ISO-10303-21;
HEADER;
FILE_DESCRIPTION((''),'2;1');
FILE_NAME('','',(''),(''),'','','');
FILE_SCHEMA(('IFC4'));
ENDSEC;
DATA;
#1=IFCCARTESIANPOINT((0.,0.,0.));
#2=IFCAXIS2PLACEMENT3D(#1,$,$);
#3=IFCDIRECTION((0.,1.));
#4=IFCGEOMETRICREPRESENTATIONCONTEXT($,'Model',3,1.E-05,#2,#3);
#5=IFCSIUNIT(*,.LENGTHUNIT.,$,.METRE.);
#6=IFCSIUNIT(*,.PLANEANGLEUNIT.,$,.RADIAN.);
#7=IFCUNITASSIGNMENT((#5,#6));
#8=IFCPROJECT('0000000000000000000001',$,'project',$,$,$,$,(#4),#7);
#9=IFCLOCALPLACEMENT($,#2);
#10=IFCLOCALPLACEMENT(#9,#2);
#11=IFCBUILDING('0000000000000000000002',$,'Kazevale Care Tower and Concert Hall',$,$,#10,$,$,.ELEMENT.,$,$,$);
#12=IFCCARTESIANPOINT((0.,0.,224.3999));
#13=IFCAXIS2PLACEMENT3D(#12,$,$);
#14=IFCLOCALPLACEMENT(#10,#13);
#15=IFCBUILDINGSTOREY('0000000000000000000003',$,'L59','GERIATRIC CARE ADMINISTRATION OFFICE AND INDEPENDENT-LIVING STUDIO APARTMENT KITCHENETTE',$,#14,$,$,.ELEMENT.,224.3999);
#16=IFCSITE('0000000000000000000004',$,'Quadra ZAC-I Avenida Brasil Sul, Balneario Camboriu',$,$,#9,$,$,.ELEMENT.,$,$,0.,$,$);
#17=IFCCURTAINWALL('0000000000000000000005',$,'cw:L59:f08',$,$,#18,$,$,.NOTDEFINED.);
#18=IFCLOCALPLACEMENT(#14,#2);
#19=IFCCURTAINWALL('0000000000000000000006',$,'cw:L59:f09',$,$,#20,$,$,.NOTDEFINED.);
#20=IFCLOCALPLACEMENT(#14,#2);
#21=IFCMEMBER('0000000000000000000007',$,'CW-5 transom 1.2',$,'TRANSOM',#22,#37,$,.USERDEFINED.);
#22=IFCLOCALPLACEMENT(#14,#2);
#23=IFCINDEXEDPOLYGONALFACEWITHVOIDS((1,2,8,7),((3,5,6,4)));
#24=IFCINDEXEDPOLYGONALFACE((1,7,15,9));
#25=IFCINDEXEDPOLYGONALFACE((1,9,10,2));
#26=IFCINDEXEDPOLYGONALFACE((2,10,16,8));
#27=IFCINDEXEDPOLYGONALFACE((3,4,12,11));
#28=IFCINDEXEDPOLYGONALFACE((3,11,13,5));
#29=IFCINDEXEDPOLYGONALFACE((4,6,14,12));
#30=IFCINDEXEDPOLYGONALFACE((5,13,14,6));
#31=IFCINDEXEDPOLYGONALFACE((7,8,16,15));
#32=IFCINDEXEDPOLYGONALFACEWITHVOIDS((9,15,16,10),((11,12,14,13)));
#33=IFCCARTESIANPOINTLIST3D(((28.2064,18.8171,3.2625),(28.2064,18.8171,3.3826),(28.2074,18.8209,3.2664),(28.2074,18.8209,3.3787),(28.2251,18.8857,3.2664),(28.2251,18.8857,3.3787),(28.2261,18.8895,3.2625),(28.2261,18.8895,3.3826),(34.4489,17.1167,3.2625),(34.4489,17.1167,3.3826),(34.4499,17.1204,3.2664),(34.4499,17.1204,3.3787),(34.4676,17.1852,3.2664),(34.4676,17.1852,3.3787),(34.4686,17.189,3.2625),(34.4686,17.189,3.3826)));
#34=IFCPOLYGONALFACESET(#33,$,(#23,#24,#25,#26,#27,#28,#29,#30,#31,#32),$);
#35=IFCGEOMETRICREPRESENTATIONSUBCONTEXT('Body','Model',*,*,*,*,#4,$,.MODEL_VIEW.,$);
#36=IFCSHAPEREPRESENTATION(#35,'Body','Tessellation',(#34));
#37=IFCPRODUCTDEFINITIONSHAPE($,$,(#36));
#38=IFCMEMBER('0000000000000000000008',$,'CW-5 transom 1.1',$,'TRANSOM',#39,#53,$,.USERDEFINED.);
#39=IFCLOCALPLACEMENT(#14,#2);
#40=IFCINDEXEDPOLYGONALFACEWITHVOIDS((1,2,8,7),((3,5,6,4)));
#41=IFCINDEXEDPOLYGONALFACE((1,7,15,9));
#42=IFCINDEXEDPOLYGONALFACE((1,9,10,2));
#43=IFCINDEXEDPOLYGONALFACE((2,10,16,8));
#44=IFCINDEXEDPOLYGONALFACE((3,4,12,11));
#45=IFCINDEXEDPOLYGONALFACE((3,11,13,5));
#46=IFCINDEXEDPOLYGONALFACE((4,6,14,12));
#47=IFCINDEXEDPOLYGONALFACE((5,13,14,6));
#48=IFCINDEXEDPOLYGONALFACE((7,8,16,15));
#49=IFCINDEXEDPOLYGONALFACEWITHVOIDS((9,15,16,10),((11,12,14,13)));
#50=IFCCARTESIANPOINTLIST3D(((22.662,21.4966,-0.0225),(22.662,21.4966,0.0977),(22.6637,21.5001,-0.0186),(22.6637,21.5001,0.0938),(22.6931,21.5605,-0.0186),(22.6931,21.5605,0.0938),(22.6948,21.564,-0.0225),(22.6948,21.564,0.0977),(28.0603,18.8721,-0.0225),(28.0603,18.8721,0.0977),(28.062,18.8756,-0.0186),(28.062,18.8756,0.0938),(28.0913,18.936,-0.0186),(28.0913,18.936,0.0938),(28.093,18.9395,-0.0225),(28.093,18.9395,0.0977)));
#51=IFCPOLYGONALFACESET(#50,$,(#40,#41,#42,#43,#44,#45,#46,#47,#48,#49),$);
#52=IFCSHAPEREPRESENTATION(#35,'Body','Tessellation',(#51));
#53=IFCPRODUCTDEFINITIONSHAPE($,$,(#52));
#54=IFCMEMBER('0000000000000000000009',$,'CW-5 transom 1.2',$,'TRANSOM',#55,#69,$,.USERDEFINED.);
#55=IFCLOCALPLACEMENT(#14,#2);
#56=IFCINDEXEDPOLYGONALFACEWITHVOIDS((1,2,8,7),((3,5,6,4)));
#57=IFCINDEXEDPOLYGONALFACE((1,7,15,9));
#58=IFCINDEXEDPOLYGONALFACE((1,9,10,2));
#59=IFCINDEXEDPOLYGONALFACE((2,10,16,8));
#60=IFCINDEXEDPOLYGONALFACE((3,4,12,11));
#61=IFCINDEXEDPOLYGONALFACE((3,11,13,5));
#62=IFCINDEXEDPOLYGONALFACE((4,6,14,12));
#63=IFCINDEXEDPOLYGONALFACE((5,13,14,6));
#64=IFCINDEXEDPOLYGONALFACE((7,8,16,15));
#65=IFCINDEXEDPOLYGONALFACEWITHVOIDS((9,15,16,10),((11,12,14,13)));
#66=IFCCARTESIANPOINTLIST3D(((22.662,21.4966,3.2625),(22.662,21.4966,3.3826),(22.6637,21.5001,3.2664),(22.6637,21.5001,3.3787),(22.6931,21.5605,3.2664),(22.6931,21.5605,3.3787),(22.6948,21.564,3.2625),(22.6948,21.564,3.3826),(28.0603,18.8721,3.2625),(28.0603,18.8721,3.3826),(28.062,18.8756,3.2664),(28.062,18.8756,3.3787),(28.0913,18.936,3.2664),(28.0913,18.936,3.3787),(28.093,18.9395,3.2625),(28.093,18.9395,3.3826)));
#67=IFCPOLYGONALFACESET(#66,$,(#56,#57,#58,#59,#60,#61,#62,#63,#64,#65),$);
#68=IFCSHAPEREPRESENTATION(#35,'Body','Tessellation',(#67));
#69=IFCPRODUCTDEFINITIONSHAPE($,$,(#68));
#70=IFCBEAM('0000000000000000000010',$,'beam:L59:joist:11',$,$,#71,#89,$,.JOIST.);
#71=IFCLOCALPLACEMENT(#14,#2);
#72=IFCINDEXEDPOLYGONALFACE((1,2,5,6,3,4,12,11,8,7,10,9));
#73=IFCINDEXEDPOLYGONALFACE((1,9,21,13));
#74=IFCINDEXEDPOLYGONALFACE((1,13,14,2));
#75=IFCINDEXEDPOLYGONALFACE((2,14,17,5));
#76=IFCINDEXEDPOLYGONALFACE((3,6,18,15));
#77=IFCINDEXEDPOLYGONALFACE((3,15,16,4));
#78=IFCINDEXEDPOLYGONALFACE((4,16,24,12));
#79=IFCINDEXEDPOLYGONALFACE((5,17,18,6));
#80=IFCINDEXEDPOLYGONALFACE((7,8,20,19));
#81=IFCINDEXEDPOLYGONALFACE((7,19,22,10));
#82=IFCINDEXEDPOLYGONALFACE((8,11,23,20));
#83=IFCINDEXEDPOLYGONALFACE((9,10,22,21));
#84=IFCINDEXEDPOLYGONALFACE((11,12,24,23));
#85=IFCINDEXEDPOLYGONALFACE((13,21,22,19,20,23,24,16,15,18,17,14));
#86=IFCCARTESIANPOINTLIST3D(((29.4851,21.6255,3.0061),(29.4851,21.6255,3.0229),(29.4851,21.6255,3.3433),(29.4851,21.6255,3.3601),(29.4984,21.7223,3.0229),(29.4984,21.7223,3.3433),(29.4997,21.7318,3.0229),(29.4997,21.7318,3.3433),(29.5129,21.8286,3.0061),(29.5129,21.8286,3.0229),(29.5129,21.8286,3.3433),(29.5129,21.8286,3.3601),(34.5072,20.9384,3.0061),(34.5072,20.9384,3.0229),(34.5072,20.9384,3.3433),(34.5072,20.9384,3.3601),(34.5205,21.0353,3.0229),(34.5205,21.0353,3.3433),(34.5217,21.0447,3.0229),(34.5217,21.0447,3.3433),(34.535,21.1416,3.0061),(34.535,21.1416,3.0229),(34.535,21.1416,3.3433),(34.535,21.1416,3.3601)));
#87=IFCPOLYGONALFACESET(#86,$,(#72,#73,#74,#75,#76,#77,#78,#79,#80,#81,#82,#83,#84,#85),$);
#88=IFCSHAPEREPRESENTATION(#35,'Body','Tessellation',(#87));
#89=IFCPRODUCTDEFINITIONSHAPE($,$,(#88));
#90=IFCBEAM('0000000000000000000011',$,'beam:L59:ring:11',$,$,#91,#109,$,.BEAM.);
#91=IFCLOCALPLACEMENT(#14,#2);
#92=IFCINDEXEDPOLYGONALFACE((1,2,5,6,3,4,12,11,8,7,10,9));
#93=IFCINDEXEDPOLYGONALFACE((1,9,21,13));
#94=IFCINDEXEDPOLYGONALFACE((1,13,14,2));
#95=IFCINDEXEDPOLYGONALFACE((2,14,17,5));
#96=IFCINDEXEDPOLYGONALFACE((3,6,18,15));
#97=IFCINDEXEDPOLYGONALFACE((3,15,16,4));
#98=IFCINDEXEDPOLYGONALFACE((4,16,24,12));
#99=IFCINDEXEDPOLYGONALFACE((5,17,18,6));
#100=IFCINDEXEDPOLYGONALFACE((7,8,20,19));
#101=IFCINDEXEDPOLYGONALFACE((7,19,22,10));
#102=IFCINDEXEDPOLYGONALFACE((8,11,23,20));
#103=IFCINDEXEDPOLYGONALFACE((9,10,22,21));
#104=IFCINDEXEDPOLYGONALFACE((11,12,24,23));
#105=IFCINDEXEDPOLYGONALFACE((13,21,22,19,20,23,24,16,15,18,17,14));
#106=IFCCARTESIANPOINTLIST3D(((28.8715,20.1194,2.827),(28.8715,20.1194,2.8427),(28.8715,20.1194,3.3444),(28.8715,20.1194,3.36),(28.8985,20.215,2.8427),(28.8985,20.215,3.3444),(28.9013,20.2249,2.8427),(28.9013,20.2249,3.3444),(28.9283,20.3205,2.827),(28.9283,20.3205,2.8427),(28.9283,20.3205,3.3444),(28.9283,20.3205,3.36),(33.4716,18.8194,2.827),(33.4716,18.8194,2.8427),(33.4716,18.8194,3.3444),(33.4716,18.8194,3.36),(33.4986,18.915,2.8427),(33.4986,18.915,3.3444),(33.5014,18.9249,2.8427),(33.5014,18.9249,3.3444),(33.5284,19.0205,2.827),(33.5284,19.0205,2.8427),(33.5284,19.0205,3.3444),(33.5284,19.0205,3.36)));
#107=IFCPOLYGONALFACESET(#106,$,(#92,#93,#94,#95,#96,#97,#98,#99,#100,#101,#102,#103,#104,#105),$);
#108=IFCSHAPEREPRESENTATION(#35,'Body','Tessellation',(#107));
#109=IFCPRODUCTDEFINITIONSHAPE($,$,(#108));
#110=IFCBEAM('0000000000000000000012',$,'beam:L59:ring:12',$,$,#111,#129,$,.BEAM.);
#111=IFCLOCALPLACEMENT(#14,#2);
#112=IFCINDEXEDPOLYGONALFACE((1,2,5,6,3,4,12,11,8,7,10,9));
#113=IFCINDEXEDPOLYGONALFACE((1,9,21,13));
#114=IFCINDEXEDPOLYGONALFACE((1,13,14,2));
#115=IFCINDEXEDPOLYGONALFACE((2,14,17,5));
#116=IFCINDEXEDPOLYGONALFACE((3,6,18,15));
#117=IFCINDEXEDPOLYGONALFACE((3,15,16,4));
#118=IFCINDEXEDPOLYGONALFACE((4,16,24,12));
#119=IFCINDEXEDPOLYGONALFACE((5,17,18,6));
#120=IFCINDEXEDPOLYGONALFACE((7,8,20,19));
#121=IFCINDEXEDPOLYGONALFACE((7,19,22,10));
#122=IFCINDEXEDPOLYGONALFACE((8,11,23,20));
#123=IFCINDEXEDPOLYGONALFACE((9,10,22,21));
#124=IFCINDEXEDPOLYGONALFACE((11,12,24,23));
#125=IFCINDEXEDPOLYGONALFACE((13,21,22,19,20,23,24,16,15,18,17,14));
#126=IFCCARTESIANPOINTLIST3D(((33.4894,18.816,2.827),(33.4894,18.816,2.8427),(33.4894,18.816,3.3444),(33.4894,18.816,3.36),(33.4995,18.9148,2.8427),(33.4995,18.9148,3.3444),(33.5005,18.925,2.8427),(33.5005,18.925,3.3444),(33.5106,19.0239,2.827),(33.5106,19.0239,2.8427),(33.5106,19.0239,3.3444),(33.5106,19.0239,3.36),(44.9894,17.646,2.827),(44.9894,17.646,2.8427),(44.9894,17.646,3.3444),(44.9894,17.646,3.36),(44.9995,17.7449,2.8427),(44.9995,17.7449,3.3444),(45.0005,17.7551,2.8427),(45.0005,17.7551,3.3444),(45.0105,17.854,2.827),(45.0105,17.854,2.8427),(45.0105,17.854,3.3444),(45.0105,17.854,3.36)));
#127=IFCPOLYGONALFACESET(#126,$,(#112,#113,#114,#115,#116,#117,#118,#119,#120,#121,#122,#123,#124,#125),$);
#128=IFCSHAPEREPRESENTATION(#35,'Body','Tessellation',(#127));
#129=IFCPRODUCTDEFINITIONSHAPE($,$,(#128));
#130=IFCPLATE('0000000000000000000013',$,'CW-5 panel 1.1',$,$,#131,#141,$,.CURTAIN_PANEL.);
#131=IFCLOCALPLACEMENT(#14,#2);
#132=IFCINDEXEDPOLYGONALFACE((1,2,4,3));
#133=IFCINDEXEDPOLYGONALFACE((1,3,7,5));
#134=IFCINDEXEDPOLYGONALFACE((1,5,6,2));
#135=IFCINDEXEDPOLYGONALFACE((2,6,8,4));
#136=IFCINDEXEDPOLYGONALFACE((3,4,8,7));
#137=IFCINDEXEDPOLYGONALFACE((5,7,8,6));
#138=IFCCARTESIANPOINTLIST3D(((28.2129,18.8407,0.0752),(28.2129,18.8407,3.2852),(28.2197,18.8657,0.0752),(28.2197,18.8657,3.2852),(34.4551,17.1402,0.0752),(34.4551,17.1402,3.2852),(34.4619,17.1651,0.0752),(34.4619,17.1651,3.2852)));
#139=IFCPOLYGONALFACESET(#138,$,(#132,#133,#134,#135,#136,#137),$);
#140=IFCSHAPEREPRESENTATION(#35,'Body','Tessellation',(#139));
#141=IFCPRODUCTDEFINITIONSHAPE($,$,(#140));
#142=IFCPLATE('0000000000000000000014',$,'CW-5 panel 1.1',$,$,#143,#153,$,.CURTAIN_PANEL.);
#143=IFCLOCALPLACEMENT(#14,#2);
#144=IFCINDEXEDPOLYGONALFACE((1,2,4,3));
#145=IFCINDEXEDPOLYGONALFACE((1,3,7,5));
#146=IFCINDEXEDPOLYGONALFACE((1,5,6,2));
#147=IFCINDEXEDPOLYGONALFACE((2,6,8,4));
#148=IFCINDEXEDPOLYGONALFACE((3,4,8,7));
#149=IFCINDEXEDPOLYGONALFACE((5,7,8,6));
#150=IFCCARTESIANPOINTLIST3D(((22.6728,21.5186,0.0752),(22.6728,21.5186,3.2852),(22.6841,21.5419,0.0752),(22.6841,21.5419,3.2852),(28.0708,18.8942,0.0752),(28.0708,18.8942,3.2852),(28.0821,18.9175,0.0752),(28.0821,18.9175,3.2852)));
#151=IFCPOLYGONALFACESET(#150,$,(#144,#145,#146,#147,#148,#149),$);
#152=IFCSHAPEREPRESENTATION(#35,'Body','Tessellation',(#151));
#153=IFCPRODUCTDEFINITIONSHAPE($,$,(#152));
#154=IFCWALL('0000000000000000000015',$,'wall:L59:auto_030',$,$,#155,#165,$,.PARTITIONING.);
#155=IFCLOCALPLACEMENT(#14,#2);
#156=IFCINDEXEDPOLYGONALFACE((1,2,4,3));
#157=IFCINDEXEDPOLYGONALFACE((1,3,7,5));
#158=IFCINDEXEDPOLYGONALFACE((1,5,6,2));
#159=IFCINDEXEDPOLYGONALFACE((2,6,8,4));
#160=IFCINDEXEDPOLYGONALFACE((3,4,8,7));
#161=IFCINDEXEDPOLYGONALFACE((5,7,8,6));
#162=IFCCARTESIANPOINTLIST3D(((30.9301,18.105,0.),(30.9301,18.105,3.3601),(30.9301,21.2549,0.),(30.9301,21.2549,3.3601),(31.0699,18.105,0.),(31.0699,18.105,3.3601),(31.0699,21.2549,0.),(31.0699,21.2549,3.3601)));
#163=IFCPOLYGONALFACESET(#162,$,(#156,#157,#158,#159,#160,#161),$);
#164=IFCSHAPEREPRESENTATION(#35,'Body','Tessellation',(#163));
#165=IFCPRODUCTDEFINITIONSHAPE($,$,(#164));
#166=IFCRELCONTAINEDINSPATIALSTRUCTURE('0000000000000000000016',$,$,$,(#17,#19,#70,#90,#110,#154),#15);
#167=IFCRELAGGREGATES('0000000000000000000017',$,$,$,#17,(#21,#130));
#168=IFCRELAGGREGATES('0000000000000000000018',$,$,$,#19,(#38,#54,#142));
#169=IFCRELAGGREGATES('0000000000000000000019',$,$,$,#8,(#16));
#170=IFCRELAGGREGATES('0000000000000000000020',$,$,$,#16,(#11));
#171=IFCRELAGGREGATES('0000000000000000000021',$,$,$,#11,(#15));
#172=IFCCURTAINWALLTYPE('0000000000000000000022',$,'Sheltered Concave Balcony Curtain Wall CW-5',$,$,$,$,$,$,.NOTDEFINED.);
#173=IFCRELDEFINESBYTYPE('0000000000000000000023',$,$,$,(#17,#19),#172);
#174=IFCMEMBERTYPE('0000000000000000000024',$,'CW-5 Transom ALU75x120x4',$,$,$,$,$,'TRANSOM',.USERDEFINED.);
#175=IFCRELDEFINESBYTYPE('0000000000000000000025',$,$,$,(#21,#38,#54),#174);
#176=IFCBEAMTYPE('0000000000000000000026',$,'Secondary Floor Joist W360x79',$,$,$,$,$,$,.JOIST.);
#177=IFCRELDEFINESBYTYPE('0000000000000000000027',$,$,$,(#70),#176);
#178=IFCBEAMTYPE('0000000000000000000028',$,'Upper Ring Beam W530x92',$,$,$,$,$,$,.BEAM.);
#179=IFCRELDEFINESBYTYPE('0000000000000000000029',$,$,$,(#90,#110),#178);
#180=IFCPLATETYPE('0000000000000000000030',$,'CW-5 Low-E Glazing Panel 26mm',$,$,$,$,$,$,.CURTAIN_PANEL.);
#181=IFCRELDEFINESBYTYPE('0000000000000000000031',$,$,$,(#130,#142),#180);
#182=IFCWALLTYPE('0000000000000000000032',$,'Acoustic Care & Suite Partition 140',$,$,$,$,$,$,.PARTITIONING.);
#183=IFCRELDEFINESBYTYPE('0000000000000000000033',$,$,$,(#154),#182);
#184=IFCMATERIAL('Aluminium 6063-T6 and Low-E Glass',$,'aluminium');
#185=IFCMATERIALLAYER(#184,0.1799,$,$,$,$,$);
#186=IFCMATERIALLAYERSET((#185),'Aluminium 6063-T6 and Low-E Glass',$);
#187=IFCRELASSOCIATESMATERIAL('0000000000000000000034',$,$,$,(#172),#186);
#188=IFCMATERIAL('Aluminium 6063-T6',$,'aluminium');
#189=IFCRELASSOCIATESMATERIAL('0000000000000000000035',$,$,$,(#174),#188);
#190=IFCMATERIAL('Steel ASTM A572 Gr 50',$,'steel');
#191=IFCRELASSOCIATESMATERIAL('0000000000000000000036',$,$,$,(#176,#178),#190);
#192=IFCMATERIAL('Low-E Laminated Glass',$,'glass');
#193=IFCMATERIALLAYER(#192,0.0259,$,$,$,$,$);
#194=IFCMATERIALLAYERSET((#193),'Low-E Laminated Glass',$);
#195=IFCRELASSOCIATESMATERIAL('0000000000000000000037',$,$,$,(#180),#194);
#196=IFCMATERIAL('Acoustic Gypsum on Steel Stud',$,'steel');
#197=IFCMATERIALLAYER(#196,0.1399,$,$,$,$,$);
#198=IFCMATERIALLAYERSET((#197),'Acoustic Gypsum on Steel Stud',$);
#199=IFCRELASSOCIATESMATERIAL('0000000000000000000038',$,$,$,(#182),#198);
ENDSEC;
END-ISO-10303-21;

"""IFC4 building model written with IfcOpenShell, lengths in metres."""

from ifc_helpers import new_model, si_unit, direction, frame, frame_2d, origin, origin_2d, place, context, subcontext, project, spatial, rectangle, hollow_rectangle, i_section, extrude, material, layer, layer_set, material_profile, profile_set, type_object, element, aggregate, save


model = new_model("IFC4")

# Units and contexts
model_context = context("Model", 3, precision=1e-05, world=origin(), true_north=direction((0.0, 1.0)))
body_context = subcontext(model_context, "Body", "Model", "MODEL_VIEW")
ifc_project = project(units=[si_unit("LENGTHUNIT", "METRE"), si_unit("PLANEANGLEUNIT", "RADIAN")], contexts=[model_context])

# Site, building, storey
site_placement = place(None, origin())
site = spatial("IfcSite", under=ifc_project, at=site_placement, Name="Quadra ZAC-I Avenida Brasil Sul, Balneario Camboriu", CompositionType="ELEMENT", RefElevation=0.0)
building_placement = place(site_placement, origin())
building = spatial("IfcBuilding", under=site, at=building_placement, Name="Kazevale Care Tower and Concert Hall", CompositionType="ELEMENT")
storey_placement = place(building_placement, frame((0.0, 0.0, 224.3999)))
storey = spatial("IfcBuildingStorey", under=building, at=storey_placement, Name="L59", Description="GERIATRIC CARE ADMINISTRATION OFFICE AND INDEPENDENT-LIVING STUDIO APARTMENT KITCHENETTE", CompositionType="ELEMENT", Elevation=224.3999)

# Curtain wall
ifc_material_1 = material(Name="Aluminium 6063-T6 and Low-E Glass", Category="aluminium")
ifc_layer_1 = layer(ifc_material_1, 0.1799)
ifc_layer_set_1 = layer_set([ifc_layer_1], Name="Aluminium 6063-T6 and Low-E Glass")
curtain_wall_type = type_object("IfcCurtainWallType", Name="Sheltered Concave Balcony Curtain Wall CW-5", PredefinedType="NOTDEFINED", material=ifc_layer_set_1)
curtain_wall_1_placement = place(storey_placement, origin())
curtain_wall_1 = element("IfcCurtainWall", 1, at=curtain_wall_1_placement, inside=storey, type_object=curtain_wall_type, Name="cw:L59:f08", PredefinedType="NOTDEFINED")
ifc_material_2 = material(Name="Aluminium 6063-T6", Category="aluminium")

# Curtain wall
curtain_wall_2_placement = place(storey_placement, origin())
curtain_wall_2 = element("IfcCurtainWall", 2, at=curtain_wall_2_placement, inside=storey, type_object=curtain_wall_type, Name="cw:L59:f09", PredefinedType="NOTDEFINED")

# Members
ifc_material_profile_1 = material_profile(ifc_material_2, hollow_rectangle(XDim=0.075, YDim=0.1201, WallThickness=0.0039, at=origin_2d()), Name="ALU75x120x4")
ifc_profile_set_1 = profile_set([ifc_material_profile_1], Name="Aluminium 6063-T6")
member_type_1 = type_object("IfcMemberType", Name="CW-5 Transom ALU75x120x4", ElementType="TRANSOM", PredefinedType="USERDEFINED", material=ifc_profile_set_1)
member_1_placement = place(storey_placement, frame((34.4587, 17.1528, 3.3225), z_axis=(-0.964844, 0.262824, 0.0), x_axis=(-0.262824, -0.964844, 0.0)))
member_1 = element("IfcMember", 3, at=member_1_placement, type_object=member_type_1, Name="CW-5 transom 1.2", ObjectType="TRANSOM", PredefinedType="USERDEFINED", context=body_context, shape_type="SweptSolid", body=[
    extrude(hollow_rectangle(XDim=0.075, YDim=0.1201, WallThickness=0.0039, at=origin_2d()), origin(), (0.0, 0.0, 1.0), 6.47),
])
member_2_placement = place(storey_placement, frame((28.0767, 18.9058, 0.0376), z_axis=(-0.899342, 0.437245, 0.0), x_axis=(-0.437245, -0.899342, 0.0)))
member_2 = element("IfcMember", 4, at=member_2_placement, type_object=member_type_1, Name="CW-5 transom 1.1", ObjectType="TRANSOM", PredefinedType="USERDEFINED", context=body_context, shape_type="SweptSolid", body=[
    extrude(hollow_rectangle(XDim=0.075, YDim=0.1201, WallThickness=0.0039, at=origin_2d()), origin(), (0.0, 0.0, 1.0), 6.0024),
])
member_3_placement = place(storey_placement, frame((28.0767, 18.9058, 3.3225), z_axis=(-0.899342, 0.437245, 0.0), x_axis=(-0.437245, -0.899342, 0.0)))
member_3 = element("IfcMember", 5, at=member_3_placement, type_object=member_type_1, Name="CW-5 transom 1.2", ObjectType="TRANSOM", PredefinedType="USERDEFINED", context=body_context, shape_type="SweptSolid", body=[
    extrude(hollow_rectangle(XDim=0.075, YDim=0.1201, WallThickness=0.0039, at=origin_2d()), origin(), (0.0, 0.0, 1.0), 6.0024),
])

# Beams
ifc_material_3 = material(Name="Steel ASTM A572 Gr 50", Category="steel")
ifc_material_profile_2 = material_profile(ifc_material_3, i_section(OverallWidth=0.2051, OverallDepth=0.354, WebThickness=0.0095, FlangeThickness=0.0168, at=origin_2d()), Name="W360x79")
ifc_profile_set_2 = profile_set([ifc_material_profile_2], Name="Steel ASTM A572 Gr 50")
beam_type_1 = type_object("IfcBeamType", Name="Secondary Floor Joist W360x79", PredefinedType="JOIST", material=ifc_profile_set_2)
beam_1_placement = place(storey_placement, frame((29.499, 21.7271, 3.1831), z_axis=(0.990772, -0.135539, 0.0), x_axis=(0.135539, 0.990772, 0.0)))
element("IfcBeam", 6, at=beam_1_placement, inside=storey, type_object=beam_type_1, Name="beam:L59:joist:11", PredefinedType="JOIST", context=body_context, shape_type="SweptSolid", body=[
    extrude(i_section(OverallWidth=0.2051, OverallDepth=0.354, WebThickness=0.0095, FlangeThickness=0.0168, at=origin_2d()), origin(), (0.0, 0.0, 1.0), 5.0688),
])
ifc_material_profile_3 = material_profile(ifc_material_3, i_section(OverallWidth=0.209, OverallDepth=0.533, WebThickness=0.0103, FlangeThickness=0.0156, at=origin_2d()), Name="W530x92")
ifc_profile_set_3 = profile_set([ifc_material_profile_3], Name="Steel ASTM A572 Gr 50")
beam_type_2 = type_object("IfcBeamType", Name="Upper Ring Beam W530x92", PredefinedType="BEAM", material=ifc_profile_set_3)
beam_2_placement = place(storey_placement, frame((28.8999, 20.22, 3.0935), z_axis=(0.962308, -0.271961, 0.0), x_axis=(0.271961, 0.962308, 0.0)))
element("IfcBeam", 7, at=beam_2_placement, inside=storey, type_object=beam_type_2, Name="beam:L59:ring:11", PredefinedType="BEAM", context=body_context, shape_type="SweptSolid", body=[
    extrude(i_section(OverallWidth=0.209, OverallDepth=0.533, WebThickness=0.0103, FlangeThickness=0.0156, at=origin_2d()), origin(), (0.0, 0.0, 1.0), 4.7803),
])
beam_3_placement = place(storey_placement, frame((33.5, 18.9199, 3.0935), z_axis=(0.994865, -0.10121, 0.0), x_axis=(0.10121, 0.994865, 0.0)))
element("IfcBeam", 8, at=beam_3_placement, inside=storey, type_object=beam_type_2, Name="beam:L59:ring:12", PredefinedType="BEAM", context=body_context, shape_type="SweptSolid", body=[
    extrude(i_section(OverallWidth=0.209, OverallDepth=0.533, WebThickness=0.0103, FlangeThickness=0.0156, at=origin_2d()), origin(), (0.0, 0.0, 1.0), 11.5593),
])

# Plates
ifc_material_4 = material(Name="Low-E Laminated Glass", Category="glass")
ifc_layer_2 = layer(ifc_material_4, 0.0259)
ifc_layer_set_2 = layer_set([ifc_layer_2], Name="Low-E Laminated Glass")
plate_type = type_object("IfcPlateType", Name="CW-5 Low-E Glazing Panel 26mm", PredefinedType="CURTAIN_PANEL", material=ifc_layer_set_2)
plate_1_placement = place(storey_placement, frame((31.3374, 18.0029, 0.0752), z_axis=(0.0, 0.0, 1.0), x_axis=(-0.964837, 0.262849, 0.0)))
plate_1 = element("IfcPlate", 9, at=plate_1_placement, type_object=plate_type, Name="CW-5 panel 1.1", PredefinedType="CURTAIN_PANEL", context=body_context, shape_type="SweptSolid", body=[
    extrude(rectangle(XDim=6.4697, YDim=0.0259, at=origin_2d()), origin(), (0.0, 0.0, 1.0), 3.21),
])
aggregate(curtain_wall_1, [member_1, plate_1])
plate_2_placement = place(storey_placement, frame((25.3774, 20.218, 0.0752), z_axis=(0.0, 0.0, 1.0), x_axis=(-0.899346, 0.437238, 0.0)))
plate_2 = element("IfcPlate", 10, at=plate_2_placement, type_object=plate_type, Name="CW-5 panel 1.1", PredefinedType="CURTAIN_PANEL", context=body_context, shape_type="SweptSolid", body=[
    extrude(rectangle(XDim=6.0022, YDim=0.0259, at=origin_2d()), origin(), (0.0, 0.0, 1.0), 3.21),
])
aggregate(curtain_wall_2, [member_2, member_3, plate_2])

# Wall
ifc_material_5 = material(Name="Acoustic Gypsum on Steel Stud", Category="steel")
ifc_layer_3 = layer(ifc_material_5, 0.1399)
ifc_layer_set_3 = layer_set([ifc_layer_3], Name="Acoustic Gypsum on Steel Stud")
wall_type_1 = type_object("IfcWallType", Name="Acoustic Care & Suite Partition 140", PredefinedType="PARTITIONING", material=ifc_layer_set_3)
wall_1_placement = place(storey_placement, frame((31.0, 21.2549, 0.0), z_axis=(0.0, 0.0, 1.0), x_axis=(0.0, -1.0, 0.0)))
element("IfcWall", 11, at=wall_1_placement, inside=storey, type_object=wall_type_1, Name="wall:L59:auto_030", PredefinedType="PARTITIONING", context=body_context, shape_type="SweptSolid", body=[
    extrude(rectangle(XDim=3.1499, YDim=0.1399, at=frame_2d((1.575, 0.0))), origin(), (0.0, 0.0, 1.0), 3.3601),
])

save(model, "model.ifc")
